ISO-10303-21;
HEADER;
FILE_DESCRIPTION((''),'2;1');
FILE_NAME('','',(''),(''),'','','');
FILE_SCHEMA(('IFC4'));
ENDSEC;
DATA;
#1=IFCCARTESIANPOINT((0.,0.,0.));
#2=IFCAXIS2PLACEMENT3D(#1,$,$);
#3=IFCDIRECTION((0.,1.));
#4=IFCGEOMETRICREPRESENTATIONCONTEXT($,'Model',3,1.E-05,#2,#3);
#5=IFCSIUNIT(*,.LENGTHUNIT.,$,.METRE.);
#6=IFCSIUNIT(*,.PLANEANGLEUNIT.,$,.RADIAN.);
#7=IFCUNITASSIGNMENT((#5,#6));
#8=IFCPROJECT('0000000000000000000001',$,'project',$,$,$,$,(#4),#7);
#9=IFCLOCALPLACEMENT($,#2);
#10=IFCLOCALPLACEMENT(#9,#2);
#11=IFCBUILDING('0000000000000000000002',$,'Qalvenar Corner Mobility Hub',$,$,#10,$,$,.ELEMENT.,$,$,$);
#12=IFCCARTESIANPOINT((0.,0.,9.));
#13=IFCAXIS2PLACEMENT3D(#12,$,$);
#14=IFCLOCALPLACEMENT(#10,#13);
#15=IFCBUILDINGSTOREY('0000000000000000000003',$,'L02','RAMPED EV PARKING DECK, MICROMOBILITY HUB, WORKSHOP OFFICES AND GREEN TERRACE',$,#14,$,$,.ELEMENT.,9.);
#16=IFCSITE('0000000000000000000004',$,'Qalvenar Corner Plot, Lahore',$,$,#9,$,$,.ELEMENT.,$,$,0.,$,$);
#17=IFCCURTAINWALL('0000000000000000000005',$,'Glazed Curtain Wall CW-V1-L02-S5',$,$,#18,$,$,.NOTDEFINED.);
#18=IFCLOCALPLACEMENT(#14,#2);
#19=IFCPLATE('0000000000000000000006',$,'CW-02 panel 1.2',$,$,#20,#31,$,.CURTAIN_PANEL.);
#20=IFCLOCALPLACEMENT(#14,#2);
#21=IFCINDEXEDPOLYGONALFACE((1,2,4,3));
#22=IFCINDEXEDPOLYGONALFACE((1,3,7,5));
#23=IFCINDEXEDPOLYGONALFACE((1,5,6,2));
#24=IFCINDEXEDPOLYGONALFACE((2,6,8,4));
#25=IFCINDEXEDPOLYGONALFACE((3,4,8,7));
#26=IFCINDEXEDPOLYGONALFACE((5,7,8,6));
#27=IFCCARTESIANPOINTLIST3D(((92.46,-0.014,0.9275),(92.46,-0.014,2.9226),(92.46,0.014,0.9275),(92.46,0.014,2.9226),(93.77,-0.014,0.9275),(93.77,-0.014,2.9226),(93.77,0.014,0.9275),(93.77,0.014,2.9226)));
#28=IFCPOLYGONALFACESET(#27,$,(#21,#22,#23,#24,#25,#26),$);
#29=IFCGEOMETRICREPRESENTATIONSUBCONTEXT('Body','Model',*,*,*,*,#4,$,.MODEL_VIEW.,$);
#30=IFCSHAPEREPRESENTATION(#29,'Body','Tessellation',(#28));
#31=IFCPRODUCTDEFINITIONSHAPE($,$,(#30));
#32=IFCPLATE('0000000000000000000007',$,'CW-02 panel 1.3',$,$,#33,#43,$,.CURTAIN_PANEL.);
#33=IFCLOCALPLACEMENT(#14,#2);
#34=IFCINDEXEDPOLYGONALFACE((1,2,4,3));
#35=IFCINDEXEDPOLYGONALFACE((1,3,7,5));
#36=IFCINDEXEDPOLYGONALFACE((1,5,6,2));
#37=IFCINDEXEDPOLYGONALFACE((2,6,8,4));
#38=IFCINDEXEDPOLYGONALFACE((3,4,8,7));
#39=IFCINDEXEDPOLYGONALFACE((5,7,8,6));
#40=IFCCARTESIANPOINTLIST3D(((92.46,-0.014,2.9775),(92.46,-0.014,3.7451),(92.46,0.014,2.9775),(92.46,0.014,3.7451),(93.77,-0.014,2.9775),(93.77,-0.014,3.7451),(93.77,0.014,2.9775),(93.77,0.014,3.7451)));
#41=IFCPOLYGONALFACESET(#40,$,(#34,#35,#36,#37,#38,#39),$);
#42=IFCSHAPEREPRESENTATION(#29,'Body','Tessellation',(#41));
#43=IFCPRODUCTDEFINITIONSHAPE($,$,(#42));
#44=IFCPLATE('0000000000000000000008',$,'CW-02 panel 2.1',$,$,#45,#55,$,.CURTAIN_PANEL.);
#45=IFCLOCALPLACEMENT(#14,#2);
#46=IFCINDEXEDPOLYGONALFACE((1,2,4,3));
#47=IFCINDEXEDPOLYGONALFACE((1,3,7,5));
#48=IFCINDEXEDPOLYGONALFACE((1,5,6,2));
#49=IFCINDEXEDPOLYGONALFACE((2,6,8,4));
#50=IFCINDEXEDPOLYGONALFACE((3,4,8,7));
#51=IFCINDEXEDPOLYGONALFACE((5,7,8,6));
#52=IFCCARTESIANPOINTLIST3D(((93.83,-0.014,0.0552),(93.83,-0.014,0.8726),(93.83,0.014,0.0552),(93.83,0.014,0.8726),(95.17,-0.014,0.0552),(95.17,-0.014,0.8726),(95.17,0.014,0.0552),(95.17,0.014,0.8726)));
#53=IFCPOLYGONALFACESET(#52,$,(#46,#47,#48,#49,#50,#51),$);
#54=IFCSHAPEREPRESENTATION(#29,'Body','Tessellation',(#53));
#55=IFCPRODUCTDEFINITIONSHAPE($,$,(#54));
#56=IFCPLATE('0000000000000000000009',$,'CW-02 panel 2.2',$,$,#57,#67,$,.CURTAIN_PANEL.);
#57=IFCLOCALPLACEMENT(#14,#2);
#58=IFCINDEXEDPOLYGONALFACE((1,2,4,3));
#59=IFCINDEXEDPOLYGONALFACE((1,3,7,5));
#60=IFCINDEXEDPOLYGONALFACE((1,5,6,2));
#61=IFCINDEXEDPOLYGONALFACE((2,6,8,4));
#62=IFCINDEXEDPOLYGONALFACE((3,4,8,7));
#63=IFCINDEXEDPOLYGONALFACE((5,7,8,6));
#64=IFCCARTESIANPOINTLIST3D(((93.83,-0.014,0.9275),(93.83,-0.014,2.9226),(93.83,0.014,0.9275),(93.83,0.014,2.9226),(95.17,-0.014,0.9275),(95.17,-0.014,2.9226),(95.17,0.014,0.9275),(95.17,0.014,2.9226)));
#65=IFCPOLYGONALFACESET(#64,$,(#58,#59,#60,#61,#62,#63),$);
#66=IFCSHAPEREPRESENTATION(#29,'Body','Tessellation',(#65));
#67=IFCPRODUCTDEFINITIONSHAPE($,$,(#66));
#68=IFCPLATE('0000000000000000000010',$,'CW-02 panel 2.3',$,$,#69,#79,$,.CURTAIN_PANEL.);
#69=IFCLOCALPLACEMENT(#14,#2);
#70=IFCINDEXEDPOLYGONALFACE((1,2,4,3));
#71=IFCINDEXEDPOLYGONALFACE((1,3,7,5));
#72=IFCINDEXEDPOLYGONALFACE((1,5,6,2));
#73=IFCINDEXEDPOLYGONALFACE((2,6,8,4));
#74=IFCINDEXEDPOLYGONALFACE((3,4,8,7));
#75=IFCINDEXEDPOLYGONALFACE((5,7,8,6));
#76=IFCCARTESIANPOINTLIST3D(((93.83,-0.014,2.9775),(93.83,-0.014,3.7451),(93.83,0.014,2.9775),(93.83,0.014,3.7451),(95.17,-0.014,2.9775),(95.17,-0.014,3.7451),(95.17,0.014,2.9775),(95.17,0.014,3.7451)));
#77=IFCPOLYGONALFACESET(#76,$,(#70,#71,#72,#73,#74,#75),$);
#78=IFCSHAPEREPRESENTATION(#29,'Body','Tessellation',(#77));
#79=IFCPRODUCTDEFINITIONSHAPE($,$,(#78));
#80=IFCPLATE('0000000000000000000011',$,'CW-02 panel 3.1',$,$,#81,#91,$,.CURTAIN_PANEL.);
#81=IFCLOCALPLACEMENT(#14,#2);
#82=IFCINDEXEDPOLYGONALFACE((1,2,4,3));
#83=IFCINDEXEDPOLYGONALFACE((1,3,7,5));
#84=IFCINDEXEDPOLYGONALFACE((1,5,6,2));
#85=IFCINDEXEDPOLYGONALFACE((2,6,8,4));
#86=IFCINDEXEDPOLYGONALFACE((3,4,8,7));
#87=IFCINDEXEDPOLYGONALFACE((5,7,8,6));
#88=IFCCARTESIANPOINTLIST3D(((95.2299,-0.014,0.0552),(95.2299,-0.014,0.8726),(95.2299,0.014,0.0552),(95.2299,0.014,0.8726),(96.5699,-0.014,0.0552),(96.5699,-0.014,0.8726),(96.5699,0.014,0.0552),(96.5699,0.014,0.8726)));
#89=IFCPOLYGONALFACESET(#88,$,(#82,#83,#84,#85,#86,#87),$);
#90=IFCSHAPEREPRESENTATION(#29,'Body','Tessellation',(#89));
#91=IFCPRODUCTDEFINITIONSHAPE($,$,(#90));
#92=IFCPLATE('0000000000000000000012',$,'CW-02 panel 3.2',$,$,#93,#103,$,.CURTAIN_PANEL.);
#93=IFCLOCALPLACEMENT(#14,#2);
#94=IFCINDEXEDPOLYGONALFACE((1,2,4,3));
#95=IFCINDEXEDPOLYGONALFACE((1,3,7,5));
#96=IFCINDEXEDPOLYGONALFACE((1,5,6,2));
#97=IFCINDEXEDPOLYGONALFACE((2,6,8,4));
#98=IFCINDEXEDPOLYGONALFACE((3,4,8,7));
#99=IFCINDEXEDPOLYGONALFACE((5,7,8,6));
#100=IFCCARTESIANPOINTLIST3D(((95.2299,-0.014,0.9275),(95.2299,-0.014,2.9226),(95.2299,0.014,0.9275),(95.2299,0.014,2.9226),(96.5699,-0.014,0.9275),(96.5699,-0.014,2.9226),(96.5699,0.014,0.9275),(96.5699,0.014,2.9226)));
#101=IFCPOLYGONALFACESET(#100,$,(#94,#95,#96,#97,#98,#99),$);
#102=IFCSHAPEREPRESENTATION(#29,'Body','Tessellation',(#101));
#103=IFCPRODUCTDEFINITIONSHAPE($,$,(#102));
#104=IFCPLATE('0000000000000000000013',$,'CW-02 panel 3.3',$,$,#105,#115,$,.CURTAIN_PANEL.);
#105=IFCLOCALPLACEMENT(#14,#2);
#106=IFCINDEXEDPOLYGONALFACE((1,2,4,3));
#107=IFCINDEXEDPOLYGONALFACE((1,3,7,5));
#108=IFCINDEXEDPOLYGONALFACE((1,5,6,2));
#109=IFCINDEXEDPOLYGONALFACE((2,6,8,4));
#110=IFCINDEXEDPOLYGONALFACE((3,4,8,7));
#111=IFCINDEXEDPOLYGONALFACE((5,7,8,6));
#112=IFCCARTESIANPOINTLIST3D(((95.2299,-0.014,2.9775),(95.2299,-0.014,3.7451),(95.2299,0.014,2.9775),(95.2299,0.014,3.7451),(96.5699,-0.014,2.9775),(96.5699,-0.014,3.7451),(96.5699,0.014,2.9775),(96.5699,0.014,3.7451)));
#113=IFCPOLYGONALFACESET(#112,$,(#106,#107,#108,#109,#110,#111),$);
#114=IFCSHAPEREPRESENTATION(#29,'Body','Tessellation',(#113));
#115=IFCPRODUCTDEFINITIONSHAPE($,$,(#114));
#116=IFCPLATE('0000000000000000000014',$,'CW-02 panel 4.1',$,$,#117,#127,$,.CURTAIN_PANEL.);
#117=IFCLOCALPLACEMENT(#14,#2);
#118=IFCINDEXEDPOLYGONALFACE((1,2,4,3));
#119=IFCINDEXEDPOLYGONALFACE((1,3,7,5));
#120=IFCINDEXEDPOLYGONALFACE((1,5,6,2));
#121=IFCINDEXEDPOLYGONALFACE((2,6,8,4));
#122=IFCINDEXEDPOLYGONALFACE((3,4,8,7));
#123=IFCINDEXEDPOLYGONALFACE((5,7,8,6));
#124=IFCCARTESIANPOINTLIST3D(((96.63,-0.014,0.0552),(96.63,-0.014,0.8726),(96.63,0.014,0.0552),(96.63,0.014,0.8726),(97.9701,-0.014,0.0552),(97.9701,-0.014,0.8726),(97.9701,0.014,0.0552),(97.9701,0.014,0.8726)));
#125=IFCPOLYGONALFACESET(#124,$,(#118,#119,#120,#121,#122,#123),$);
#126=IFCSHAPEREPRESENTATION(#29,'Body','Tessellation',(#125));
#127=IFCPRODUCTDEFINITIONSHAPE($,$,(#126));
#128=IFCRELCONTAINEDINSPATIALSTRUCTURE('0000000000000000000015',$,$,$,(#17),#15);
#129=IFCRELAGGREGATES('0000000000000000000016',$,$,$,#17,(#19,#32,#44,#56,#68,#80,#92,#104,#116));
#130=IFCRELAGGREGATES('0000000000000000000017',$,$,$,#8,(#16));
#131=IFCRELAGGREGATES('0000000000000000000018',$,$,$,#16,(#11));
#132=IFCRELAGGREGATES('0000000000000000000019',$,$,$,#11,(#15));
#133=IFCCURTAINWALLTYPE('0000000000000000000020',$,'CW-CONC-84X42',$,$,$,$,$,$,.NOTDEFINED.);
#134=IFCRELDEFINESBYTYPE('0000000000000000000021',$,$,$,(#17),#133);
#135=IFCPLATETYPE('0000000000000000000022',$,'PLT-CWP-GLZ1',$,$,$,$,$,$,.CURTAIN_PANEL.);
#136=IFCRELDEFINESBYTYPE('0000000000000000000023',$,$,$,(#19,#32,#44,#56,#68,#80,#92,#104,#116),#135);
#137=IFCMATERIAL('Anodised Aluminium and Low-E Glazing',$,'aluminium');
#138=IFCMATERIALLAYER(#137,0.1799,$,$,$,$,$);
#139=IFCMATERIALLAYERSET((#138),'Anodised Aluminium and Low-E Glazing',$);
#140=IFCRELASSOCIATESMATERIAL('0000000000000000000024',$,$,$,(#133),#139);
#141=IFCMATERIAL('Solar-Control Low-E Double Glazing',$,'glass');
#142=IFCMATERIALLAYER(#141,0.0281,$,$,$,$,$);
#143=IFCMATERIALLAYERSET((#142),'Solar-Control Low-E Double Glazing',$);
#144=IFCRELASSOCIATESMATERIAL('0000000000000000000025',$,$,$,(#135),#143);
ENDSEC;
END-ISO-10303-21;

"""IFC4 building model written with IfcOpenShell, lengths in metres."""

from ifc_helpers import new_model, si_unit, direction, frame, origin, origin_2d, place, context, subcontext, project, spatial, rectangle, extrude, material, layer, layer_set, type_object, element, aggregate, save


model = new_model("IFC4")

# Units and contexts
model_context = context("Model", 3, precision=1e-05, world=origin(), true_north=direction((0.0, 1.0)))
body_context = subcontext(model_context, "Body", "Model", "MODEL_VIEW")
ifc_project = project(units=[si_unit("LENGTHUNIT", "METRE"), si_unit("PLANEANGLEUNIT", "RADIAN")], contexts=[model_context])

# Site, building, storey
site_placement = place(None, origin())
site = spatial("IfcSite", under=ifc_project, at=site_placement, Name="Qalvenar Corner Plot, Lahore", CompositionType="ELEMENT", RefElevation=0.0)
building_placement = place(site_placement, origin())
building = spatial("IfcBuilding", under=site, at=building_placement, Name="Qalvenar Corner Mobility Hub", CompositionType="ELEMENT")
storey_placement = place(building_placement, frame((0.0, 0.0, 9.0)))
storey = spatial("IfcBuildingStorey", under=building, at=storey_placement, Name="L02", Description="RAMPED EV PARKING DECK, MICROMOBILITY HUB, WORKSHOP OFFICES AND GREEN TERRACE", CompositionType="ELEMENT", Elevation=9.0)

# Shared definitions
ifc_material_1 = material(Name="Anodised Aluminium and Low-E Glazing", Category="aluminium")
ifc_layer_1 = layer(ifc_material_1, 0.1799)
ifc_layer_set_1 = layer_set([ifc_layer_1], Name="Anodised Aluminium and Low-E Glazing")
curtain_wall_type = type_object("IfcCurtainWallType", Name="CW-CONC-84X42", PredefinedType="NOTDEFINED", material=ifc_layer_set_1)

# Curtain wall
curtain_wall_1_placement = place(storey_placement, origin())
curtain_wall_1 = element("IfcCurtainWall", 1, at=curtain_wall_1_placement, inside=storey, type_object=curtain_wall_type, Name="Glazed Curtain Wall CW-V1-L02-S5", PredefinedType="NOTDEFINED")

# Plates
ifc_material_2 = material(Name="Solar-Control Low-E Double Glazing", Category="glass")
ifc_layer_2 = layer(ifc_material_2, 0.0281)
ifc_layer_set_2 = layer_set([ifc_layer_2], Name="Solar-Control Low-E Double Glazing")
plate_type = type_object("IfcPlateType", Name="PLT-CWP-GLZ1", PredefinedType="CURTAIN_PANEL", material=ifc_layer_set_2)
plate_1_placement = place(storey_placement, frame((93.115, 0.0, 0.9275), z_axis=(0.0, 0.0, 1.0), x_axis=(1.0, 0.0, 0.0)))
plate_1 = element("IfcPlate", 2, at=plate_1_placement, type_object=plate_type, Name="CW-02 panel 1.2", PredefinedType="CURTAIN_PANEL", context=body_context, shape_type="SweptSolid", body=[
    extrude(rectangle(XDim=1.3101, YDim=0.0281, at=origin_2d()), origin(), (0.0, 0.0, 1.0), 1.9951),
])
plate_2_placement = place(storey_placement, frame((93.115, 0.0, 2.9775), z_axis=(0.0, 0.0, 1.0), x_axis=(1.0, 0.0, 0.0)))
plate_2 = element("IfcPlate", 3, at=plate_2_placement, type_object=plate_type, Name="CW-02 panel 1.3", PredefinedType="CURTAIN_PANEL", context=body_context, shape_type="SweptSolid", body=[
    extrude(rectangle(XDim=1.3101, YDim=0.0281, at=origin_2d()), origin(), (0.0, 0.0, 1.0), 0.7676),
])
plate_3_placement = place(storey_placement, frame((94.5, 0.0, 0.0552), z_axis=(0.0, 0.0, 1.0), x_axis=(1.0, 0.0, 0.0)))
plate_3 = element("IfcPlate", 4, at=plate_3_placement, type_object=plate_type, Name="CW-02 panel 2.1", PredefinedType="CURTAIN_PANEL", context=body_context, shape_type="SweptSolid", body=[
    extrude(rectangle(XDim=1.3401, YDim=0.0281, at=origin_2d()), origin(), (0.0, 0.0, 1.0), 0.8174),
])
plate_4_placement = place(storey_placement, frame((94.5, 0.0, 0.9275), z_axis=(0.0, 0.0, 1.0), x_axis=(1.0, 0.0, 0.0)))
plate_4 = element("IfcPlate", 5, at=plate_4_placement, type_object=plate_type, Name="CW-02 panel 2.2", PredefinedType="CURTAIN_PANEL", context=body_context, shape_type="SweptSolid", body=[
    extrude(rectangle(XDim=1.3401, YDim=0.0281, at=origin_2d()), origin(), (0.0, 0.0, 1.0), 1.9951),
])
plate_5_placement = place(storey_placement, frame((94.5, 0.0, 2.9775), z_axis=(0.0, 0.0, 1.0), x_axis=(1.0, 0.0, 0.0)))
plate_5 = element("IfcPlate", 6, at=plate_5_placement, type_object=plate_type, Name="CW-02 panel 2.3", PredefinedType="CURTAIN_PANEL", context=body_context, shape_type="SweptSolid", body=[
    extrude(rectangle(XDim=1.3401, YDim=0.0281, at=origin_2d()), origin(), (0.0, 0.0, 1.0), 0.7676),
])
plate_6_placement = place(storey_placement, frame((95.8999, 0.0, 0.0552), z_axis=(0.0, 0.0, 1.0), x_axis=(1.0, 0.0, 0.0)))
plate_6 = element("IfcPlate", 7, at=plate_6_placement, type_object=plate_type, Name="CW-02 panel 3.1", PredefinedType="CURTAIN_PANEL", context=body_context, shape_type="SweptSolid", body=[
    extrude(rectangle(XDim=1.3401, YDim=0.0281, at=origin_2d()), origin(), (0.0, 0.0, 1.0), 0.8174),
])
plate_7_placement = place(storey_placement, frame((95.8999, 0.0, 0.9275), z_axis=(0.0, 0.0, 1.0), x_axis=(1.0, 0.0, 0.0)))
plate_7 = element("IfcPlate", 8, at=plate_7_placement, type_object=plate_type, Name="CW-02 panel 3.2", PredefinedType="CURTAIN_PANEL", context=body_context, shape_type="SweptSolid", body=[
    extrude(rectangle(XDim=1.3401, YDim=0.0281, at=origin_2d()), origin(), (0.0, 0.0, 1.0), 1.9951),
])
plate_8_placement = place(storey_placement, frame((95.8999, 0.0, 2.9775), z_axis=(0.0, 0.0, 1.0), x_axis=(1.0, 0.0, 0.0)))
plate_8 = element("IfcPlate", 9, at=plate_8_placement, type_object=plate_type, Name="CW-02 panel 3.3", PredefinedType="CURTAIN_PANEL", context=body_context, shape_type="SweptSolid", body=[
    extrude(rectangle(XDim=1.3401, YDim=0.0281, at=origin_2d()), origin(), (0.0, 0.0, 1.0), 0.7676),
])
plate_9_placement = place(storey_placement, frame((97.3, 0.0, 0.0552), z_axis=(0.0, 0.0, 1.0), x_axis=(1.0, 0.0, 0.0)))
plate_9 = element("IfcPlate", 10, at=plate_9_placement, type_object=plate_type, Name="CW-02 panel 4.1", PredefinedType="CURTAIN_PANEL", context=body_context, shape_type="SweptSolid", body=[
    extrude(rectangle(XDim=1.3401, YDim=0.0281, at=origin_2d()), origin(), (0.0, 0.0, 1.0), 0.8174),
])
aggregate(curtain_wall_1, [plate_1, plate_2, plate_3, plate_4, plate_5, plate_6, plate_7, plate_8, plate_9])

save(model, "model.ifc")
